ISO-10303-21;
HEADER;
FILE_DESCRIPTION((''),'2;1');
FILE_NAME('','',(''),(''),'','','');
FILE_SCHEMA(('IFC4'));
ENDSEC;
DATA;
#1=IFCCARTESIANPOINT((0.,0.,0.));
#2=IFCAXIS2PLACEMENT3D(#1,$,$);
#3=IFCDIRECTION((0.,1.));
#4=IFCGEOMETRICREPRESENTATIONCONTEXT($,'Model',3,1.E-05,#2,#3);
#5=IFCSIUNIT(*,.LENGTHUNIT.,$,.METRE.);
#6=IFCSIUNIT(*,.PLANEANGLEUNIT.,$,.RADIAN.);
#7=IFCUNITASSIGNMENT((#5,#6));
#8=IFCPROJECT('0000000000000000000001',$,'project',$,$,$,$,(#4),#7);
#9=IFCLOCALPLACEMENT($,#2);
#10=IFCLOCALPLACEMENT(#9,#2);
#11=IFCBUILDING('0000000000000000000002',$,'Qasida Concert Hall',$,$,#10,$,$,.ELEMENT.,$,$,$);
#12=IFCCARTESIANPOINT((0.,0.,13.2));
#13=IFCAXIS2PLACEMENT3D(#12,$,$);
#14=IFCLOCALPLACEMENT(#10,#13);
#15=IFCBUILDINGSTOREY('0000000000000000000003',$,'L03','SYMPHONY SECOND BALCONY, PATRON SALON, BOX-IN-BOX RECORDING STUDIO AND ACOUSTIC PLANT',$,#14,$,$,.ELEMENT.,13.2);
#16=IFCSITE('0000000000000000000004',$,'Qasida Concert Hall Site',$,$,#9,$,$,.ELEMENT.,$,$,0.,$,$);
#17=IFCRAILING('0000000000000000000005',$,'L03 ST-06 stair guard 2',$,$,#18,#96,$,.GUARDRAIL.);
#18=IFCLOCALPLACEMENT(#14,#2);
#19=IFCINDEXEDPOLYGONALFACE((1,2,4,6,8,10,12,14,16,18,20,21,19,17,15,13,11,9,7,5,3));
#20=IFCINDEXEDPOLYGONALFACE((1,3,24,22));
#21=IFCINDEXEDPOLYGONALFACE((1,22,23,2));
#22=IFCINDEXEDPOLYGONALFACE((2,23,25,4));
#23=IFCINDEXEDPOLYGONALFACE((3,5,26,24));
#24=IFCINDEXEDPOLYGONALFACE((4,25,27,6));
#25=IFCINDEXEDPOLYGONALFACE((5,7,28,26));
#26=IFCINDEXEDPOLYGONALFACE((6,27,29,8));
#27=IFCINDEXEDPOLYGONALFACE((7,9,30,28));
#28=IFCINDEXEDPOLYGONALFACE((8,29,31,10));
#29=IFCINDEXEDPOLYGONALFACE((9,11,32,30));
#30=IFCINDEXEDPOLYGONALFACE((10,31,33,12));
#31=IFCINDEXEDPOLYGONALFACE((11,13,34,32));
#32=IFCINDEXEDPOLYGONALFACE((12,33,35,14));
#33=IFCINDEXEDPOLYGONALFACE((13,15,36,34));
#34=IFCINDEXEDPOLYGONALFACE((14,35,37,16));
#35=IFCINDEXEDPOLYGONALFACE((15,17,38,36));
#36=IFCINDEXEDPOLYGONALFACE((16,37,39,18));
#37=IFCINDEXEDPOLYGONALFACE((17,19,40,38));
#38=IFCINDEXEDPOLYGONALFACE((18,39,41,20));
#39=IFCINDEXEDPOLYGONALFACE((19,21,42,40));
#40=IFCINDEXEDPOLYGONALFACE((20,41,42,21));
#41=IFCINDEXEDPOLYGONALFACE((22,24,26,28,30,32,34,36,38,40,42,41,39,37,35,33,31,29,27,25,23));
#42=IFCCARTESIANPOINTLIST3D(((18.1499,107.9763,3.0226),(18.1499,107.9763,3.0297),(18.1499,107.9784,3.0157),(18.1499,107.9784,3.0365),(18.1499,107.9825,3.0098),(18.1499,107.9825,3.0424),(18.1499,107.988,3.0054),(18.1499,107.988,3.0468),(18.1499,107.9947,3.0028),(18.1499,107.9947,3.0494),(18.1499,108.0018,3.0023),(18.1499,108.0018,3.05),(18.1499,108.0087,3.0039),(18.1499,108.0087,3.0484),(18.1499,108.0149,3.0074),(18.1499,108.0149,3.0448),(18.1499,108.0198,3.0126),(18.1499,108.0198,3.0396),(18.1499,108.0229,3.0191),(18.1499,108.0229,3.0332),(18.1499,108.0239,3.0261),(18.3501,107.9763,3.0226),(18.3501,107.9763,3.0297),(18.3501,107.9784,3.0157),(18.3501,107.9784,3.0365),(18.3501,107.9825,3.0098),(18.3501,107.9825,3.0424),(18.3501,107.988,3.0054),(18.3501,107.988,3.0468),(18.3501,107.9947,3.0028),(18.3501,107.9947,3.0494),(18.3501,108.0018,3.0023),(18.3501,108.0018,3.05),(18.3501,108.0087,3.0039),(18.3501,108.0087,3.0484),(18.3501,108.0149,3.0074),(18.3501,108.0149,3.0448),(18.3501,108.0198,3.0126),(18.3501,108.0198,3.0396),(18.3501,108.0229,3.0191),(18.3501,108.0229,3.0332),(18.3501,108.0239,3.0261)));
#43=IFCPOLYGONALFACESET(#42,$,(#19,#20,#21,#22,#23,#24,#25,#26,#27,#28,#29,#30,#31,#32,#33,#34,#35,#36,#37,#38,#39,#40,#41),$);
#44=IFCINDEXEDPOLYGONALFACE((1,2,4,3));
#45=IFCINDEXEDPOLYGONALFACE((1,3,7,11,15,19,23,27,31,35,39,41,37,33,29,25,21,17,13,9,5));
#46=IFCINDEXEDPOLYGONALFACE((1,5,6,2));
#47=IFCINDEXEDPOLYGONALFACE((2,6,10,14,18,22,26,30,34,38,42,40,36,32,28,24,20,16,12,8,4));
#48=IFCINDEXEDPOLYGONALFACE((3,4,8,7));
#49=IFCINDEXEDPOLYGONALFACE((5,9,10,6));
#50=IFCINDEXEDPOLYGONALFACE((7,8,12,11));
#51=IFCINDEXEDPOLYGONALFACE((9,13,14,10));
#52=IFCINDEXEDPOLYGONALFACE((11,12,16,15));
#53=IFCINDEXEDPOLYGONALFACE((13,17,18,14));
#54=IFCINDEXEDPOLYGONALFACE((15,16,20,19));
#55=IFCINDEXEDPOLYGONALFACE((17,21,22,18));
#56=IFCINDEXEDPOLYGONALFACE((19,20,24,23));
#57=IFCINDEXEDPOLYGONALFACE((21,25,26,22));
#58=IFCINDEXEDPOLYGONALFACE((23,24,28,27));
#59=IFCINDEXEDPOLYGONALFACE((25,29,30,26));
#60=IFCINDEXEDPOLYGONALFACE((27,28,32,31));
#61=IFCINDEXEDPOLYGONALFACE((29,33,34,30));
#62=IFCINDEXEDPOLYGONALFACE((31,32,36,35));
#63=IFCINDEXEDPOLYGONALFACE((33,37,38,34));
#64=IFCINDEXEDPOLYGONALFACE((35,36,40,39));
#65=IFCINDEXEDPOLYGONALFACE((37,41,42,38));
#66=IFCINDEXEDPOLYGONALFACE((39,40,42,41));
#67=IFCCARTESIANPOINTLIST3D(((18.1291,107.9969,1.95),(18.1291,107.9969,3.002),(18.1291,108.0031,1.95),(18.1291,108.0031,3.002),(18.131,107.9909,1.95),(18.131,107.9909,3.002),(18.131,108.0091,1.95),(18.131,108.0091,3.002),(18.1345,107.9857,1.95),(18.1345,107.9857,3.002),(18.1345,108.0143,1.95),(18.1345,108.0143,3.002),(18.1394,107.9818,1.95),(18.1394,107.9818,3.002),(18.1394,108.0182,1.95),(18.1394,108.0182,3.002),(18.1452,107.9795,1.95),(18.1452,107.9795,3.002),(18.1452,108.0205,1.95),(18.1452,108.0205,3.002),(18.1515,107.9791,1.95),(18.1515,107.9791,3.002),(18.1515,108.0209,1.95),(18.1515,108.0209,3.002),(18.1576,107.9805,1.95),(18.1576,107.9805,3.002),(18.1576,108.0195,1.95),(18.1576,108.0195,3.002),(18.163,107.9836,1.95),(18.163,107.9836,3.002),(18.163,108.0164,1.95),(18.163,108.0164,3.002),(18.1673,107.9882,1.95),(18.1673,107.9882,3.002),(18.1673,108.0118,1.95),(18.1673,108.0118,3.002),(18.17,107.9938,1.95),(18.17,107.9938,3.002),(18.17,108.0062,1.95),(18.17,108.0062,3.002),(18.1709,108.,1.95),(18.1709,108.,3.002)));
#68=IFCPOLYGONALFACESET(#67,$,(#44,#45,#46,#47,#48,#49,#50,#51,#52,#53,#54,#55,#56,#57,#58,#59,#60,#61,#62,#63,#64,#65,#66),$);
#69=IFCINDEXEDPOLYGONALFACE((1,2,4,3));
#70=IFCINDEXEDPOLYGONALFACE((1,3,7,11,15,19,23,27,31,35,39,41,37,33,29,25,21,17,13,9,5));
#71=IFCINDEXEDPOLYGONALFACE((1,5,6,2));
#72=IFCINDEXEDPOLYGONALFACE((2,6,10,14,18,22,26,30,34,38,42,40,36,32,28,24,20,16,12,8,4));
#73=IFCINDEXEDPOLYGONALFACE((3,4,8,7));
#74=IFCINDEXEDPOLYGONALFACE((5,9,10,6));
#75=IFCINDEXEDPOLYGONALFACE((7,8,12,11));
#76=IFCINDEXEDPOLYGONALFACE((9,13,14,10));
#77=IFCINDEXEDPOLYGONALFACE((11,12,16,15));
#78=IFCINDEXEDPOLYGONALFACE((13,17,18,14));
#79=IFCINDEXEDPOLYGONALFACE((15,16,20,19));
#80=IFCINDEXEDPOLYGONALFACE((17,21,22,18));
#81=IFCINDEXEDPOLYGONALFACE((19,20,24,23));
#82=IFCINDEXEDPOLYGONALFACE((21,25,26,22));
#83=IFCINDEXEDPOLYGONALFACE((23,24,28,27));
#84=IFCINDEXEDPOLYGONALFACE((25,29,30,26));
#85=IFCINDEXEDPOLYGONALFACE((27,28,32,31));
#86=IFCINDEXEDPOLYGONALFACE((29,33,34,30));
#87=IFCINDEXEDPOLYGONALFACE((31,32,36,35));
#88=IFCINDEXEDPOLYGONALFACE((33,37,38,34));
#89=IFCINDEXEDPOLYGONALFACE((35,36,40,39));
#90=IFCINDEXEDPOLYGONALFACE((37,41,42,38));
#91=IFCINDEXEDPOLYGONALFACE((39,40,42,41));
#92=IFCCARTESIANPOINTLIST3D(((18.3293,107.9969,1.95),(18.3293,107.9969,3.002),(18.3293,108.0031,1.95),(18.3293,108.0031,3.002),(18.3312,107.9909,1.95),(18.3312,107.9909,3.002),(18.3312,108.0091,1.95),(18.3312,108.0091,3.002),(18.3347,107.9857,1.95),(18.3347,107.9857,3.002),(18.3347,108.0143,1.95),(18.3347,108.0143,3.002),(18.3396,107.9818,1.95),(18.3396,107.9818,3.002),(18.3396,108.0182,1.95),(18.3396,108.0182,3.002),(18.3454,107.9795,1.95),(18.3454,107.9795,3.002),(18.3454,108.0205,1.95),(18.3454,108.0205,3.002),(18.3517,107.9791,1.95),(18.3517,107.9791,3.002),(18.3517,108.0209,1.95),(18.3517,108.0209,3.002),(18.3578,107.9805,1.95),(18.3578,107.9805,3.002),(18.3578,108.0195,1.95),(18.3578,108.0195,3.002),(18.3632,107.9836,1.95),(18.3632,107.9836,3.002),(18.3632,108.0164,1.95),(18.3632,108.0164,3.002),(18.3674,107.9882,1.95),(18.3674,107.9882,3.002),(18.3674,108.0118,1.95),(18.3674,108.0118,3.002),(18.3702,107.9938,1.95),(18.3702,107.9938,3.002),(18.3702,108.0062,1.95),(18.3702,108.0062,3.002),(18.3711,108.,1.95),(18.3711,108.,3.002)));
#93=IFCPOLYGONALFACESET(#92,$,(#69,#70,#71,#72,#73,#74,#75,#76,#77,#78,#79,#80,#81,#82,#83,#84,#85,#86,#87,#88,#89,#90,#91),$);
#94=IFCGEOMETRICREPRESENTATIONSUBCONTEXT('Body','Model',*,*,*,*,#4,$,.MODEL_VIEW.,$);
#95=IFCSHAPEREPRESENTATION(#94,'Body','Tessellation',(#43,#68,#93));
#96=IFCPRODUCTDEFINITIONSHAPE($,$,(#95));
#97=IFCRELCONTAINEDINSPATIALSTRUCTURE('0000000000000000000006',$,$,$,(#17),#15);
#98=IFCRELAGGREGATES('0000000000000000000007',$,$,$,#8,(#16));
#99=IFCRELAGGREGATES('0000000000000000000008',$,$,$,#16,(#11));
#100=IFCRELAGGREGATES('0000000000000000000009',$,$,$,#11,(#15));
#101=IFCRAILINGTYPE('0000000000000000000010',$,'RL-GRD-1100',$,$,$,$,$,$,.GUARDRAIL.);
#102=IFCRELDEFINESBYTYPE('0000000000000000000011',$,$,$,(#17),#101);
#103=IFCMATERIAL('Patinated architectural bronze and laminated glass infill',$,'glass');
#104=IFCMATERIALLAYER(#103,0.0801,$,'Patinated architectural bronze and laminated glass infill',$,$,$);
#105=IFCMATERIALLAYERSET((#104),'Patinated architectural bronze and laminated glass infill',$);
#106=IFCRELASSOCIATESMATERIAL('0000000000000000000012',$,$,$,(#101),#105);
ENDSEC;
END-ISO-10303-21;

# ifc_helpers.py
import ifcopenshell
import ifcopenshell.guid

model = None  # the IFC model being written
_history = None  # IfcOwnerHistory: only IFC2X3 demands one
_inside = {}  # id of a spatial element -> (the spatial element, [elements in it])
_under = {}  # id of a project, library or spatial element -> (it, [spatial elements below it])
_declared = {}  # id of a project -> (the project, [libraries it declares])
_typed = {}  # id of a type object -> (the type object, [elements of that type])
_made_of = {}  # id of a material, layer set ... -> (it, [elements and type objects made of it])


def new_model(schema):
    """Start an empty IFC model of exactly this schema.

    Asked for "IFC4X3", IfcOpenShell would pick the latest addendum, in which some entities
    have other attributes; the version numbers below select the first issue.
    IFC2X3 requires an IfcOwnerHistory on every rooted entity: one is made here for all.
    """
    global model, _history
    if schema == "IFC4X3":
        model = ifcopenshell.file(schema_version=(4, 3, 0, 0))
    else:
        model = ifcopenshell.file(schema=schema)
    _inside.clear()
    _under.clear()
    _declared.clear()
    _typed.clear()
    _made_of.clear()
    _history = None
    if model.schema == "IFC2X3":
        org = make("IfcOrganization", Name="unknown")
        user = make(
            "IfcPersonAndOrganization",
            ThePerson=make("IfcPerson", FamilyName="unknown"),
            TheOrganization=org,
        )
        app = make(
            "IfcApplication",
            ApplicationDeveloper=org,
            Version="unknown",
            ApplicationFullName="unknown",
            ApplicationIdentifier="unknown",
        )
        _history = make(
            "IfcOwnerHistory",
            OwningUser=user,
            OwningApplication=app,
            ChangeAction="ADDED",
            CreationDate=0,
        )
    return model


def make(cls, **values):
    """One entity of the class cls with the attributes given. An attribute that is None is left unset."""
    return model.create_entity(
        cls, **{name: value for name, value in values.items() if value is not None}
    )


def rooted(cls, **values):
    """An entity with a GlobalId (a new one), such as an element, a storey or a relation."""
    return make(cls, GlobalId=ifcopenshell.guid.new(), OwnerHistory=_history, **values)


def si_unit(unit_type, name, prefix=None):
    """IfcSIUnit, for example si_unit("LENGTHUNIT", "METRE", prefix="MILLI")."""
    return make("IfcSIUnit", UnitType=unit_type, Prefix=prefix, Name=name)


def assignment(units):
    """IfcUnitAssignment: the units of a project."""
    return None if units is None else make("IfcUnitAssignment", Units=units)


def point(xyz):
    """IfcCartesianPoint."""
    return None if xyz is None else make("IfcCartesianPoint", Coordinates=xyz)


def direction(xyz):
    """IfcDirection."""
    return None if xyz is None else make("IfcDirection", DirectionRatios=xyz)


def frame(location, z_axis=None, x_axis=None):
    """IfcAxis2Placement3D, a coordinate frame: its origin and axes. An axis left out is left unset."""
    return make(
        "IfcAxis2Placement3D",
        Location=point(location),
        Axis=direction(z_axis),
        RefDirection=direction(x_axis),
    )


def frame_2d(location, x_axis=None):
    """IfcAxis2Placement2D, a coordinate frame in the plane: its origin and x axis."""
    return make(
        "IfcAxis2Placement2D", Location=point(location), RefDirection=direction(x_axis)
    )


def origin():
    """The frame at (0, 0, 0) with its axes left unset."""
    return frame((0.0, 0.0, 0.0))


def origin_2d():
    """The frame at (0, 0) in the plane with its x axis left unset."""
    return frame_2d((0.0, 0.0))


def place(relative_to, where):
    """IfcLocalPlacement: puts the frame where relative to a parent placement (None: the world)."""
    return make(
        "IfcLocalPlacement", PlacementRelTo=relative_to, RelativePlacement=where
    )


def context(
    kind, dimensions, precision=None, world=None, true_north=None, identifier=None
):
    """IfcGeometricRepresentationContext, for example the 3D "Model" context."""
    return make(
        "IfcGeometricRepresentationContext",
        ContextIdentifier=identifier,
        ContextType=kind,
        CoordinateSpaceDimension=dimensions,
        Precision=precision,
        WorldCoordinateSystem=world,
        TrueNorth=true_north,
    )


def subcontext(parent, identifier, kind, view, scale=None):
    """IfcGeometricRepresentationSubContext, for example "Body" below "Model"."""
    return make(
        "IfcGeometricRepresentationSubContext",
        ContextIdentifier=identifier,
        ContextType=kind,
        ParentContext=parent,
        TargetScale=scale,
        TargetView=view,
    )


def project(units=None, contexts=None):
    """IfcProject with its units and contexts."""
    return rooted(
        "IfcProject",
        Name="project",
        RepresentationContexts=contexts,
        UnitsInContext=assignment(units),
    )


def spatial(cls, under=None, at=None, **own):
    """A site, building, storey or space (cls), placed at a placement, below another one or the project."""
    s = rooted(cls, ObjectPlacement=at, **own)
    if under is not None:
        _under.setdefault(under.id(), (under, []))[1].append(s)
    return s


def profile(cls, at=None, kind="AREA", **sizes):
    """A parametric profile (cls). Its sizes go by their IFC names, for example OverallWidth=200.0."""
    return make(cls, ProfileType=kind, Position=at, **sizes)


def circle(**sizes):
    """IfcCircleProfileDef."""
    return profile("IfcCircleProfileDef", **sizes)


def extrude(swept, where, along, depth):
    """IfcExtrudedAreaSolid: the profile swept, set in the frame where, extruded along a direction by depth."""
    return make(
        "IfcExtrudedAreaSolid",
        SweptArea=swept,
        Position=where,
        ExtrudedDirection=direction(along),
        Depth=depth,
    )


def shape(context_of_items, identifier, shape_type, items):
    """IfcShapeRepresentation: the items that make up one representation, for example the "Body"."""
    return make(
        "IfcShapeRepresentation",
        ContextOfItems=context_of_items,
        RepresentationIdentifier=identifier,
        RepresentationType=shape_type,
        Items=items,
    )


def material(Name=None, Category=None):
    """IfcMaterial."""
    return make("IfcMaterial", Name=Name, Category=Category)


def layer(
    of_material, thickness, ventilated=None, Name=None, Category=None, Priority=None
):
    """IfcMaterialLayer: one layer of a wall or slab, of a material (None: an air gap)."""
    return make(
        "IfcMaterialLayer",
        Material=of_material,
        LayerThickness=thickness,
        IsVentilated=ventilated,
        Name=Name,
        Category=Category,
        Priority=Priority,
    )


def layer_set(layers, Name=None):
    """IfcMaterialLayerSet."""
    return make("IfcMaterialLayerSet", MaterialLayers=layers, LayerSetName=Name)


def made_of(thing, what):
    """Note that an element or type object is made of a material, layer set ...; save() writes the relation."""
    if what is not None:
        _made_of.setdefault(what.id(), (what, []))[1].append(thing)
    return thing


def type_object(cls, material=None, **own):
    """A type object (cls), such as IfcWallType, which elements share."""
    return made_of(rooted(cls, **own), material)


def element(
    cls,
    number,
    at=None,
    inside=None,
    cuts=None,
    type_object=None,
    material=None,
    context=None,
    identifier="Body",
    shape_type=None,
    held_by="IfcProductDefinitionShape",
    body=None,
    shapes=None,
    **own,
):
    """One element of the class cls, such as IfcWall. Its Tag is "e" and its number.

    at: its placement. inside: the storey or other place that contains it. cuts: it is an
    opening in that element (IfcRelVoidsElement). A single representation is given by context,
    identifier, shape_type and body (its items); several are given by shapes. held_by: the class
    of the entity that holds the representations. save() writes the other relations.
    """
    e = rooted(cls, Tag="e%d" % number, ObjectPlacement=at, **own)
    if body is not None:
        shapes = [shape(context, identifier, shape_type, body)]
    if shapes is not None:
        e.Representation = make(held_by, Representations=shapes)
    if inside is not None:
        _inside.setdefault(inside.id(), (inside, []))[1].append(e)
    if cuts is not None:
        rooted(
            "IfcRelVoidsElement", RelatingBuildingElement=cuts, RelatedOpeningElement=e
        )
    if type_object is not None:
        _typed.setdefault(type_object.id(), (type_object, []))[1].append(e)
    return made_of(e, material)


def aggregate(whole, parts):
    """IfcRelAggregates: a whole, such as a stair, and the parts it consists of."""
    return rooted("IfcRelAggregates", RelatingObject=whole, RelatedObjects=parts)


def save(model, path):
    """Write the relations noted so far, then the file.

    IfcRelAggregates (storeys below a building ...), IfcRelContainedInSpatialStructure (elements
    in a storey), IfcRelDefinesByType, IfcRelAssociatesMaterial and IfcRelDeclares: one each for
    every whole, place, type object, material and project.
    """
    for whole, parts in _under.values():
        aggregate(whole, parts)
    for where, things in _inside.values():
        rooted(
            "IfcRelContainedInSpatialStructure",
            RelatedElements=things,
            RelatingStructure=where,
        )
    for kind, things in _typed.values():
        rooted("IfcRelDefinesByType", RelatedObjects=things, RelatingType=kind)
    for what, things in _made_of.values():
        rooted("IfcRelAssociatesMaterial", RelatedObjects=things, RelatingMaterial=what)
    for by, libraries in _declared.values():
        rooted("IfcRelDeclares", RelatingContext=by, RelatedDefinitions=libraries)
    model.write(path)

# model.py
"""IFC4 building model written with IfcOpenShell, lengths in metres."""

from ifc_helpers import new_model, si_unit, direction, frame, origin, origin_2d, place, context, subcontext, project, spatial, circle, extrude, material, layer, layer_set, type_object, element, save


model = new_model("IFC4")

# Units and contexts
model_context = context("Model", 3, precision=1e-05, world=origin(), true_north=direction((0.0, 1.0)))
body_context = subcontext(model_context, "Body", "Model", "MODEL_VIEW")
ifc_project = project(units=[si_unit("LENGTHUNIT", "METRE"), si_unit("PLANEANGLEUNIT", "RADIAN")], contexts=[model_context])

# Site, building, storey
site_placement = place(None, origin())
site = spatial("IfcSite", under=ifc_project, at=site_placement, Name="Qasida Concert Hall Site", CompositionType="ELEMENT", RefElevation=0.0)
building_placement = place(site_placement, origin())
building = spatial("IfcBuilding", under=site, at=building_placement, Name="Qasida Concert Hall", CompositionType="ELEMENT")
storey_placement = place(building_placement, frame((0.0, 0.0, 13.2)))
storey = spatial("IfcBuildingStorey", under=building, at=storey_placement, Name="L03", Description="SYMPHONY SECOND BALCONY, PATRON SALON, BOX-IN-BOX RECORDING STUDIO AND ACOUSTIC PLANT", CompositionType="ELEMENT", Elevation=13.2)

# Railing
ifc_material_1 = material(Name="Patinated architectural bronze and laminated glass infill", Category="glass")
ifc_layer_1 = layer(ifc_material_1, 0.0801, Name="Patinated architectural bronze and laminated glass infill")
ifc_layer_set_1 = layer_set([ifc_layer_1], Name="Patinated architectural bronze and laminated glass infill")
railing_type_1 = type_object("IfcRailingType", Name="RL-GRD-1100", PredefinedType="GUARDRAIL", material=ifc_layer_set_1)
railing_1_placement = place(storey_placement, frame((18.1499, 108.0, 1.95)))
element("IfcRailing", 1, at=railing_1_placement, inside=storey, type_object=railing_type_1, Name="L03 ST-06 stair guard 2", PredefinedType="GUARDRAIL", context=body_context, shape_type="SweptSolid", body=[
    extrude(circle(Radius=0.0239, at=origin_2d()), frame((0.0, 0.0, 1.0762), z_axis=(1.0, 0.0, 0.0), x_axis=(0.0, 1.0, 0.0)), (0.0, 0.0, 1.0), 0.2002),
    extrude(circle(Radius=0.021, at=origin_2d()), origin(), (0.0, 0.0, 1.0), 1.052),
    extrude(circle(Radius=0.021, at=origin_2d()), frame((0.2002, 0.0, 0.0)), (0.0, 0.0, 1.0), 1.052),
])

save(model, "model.ifc")
